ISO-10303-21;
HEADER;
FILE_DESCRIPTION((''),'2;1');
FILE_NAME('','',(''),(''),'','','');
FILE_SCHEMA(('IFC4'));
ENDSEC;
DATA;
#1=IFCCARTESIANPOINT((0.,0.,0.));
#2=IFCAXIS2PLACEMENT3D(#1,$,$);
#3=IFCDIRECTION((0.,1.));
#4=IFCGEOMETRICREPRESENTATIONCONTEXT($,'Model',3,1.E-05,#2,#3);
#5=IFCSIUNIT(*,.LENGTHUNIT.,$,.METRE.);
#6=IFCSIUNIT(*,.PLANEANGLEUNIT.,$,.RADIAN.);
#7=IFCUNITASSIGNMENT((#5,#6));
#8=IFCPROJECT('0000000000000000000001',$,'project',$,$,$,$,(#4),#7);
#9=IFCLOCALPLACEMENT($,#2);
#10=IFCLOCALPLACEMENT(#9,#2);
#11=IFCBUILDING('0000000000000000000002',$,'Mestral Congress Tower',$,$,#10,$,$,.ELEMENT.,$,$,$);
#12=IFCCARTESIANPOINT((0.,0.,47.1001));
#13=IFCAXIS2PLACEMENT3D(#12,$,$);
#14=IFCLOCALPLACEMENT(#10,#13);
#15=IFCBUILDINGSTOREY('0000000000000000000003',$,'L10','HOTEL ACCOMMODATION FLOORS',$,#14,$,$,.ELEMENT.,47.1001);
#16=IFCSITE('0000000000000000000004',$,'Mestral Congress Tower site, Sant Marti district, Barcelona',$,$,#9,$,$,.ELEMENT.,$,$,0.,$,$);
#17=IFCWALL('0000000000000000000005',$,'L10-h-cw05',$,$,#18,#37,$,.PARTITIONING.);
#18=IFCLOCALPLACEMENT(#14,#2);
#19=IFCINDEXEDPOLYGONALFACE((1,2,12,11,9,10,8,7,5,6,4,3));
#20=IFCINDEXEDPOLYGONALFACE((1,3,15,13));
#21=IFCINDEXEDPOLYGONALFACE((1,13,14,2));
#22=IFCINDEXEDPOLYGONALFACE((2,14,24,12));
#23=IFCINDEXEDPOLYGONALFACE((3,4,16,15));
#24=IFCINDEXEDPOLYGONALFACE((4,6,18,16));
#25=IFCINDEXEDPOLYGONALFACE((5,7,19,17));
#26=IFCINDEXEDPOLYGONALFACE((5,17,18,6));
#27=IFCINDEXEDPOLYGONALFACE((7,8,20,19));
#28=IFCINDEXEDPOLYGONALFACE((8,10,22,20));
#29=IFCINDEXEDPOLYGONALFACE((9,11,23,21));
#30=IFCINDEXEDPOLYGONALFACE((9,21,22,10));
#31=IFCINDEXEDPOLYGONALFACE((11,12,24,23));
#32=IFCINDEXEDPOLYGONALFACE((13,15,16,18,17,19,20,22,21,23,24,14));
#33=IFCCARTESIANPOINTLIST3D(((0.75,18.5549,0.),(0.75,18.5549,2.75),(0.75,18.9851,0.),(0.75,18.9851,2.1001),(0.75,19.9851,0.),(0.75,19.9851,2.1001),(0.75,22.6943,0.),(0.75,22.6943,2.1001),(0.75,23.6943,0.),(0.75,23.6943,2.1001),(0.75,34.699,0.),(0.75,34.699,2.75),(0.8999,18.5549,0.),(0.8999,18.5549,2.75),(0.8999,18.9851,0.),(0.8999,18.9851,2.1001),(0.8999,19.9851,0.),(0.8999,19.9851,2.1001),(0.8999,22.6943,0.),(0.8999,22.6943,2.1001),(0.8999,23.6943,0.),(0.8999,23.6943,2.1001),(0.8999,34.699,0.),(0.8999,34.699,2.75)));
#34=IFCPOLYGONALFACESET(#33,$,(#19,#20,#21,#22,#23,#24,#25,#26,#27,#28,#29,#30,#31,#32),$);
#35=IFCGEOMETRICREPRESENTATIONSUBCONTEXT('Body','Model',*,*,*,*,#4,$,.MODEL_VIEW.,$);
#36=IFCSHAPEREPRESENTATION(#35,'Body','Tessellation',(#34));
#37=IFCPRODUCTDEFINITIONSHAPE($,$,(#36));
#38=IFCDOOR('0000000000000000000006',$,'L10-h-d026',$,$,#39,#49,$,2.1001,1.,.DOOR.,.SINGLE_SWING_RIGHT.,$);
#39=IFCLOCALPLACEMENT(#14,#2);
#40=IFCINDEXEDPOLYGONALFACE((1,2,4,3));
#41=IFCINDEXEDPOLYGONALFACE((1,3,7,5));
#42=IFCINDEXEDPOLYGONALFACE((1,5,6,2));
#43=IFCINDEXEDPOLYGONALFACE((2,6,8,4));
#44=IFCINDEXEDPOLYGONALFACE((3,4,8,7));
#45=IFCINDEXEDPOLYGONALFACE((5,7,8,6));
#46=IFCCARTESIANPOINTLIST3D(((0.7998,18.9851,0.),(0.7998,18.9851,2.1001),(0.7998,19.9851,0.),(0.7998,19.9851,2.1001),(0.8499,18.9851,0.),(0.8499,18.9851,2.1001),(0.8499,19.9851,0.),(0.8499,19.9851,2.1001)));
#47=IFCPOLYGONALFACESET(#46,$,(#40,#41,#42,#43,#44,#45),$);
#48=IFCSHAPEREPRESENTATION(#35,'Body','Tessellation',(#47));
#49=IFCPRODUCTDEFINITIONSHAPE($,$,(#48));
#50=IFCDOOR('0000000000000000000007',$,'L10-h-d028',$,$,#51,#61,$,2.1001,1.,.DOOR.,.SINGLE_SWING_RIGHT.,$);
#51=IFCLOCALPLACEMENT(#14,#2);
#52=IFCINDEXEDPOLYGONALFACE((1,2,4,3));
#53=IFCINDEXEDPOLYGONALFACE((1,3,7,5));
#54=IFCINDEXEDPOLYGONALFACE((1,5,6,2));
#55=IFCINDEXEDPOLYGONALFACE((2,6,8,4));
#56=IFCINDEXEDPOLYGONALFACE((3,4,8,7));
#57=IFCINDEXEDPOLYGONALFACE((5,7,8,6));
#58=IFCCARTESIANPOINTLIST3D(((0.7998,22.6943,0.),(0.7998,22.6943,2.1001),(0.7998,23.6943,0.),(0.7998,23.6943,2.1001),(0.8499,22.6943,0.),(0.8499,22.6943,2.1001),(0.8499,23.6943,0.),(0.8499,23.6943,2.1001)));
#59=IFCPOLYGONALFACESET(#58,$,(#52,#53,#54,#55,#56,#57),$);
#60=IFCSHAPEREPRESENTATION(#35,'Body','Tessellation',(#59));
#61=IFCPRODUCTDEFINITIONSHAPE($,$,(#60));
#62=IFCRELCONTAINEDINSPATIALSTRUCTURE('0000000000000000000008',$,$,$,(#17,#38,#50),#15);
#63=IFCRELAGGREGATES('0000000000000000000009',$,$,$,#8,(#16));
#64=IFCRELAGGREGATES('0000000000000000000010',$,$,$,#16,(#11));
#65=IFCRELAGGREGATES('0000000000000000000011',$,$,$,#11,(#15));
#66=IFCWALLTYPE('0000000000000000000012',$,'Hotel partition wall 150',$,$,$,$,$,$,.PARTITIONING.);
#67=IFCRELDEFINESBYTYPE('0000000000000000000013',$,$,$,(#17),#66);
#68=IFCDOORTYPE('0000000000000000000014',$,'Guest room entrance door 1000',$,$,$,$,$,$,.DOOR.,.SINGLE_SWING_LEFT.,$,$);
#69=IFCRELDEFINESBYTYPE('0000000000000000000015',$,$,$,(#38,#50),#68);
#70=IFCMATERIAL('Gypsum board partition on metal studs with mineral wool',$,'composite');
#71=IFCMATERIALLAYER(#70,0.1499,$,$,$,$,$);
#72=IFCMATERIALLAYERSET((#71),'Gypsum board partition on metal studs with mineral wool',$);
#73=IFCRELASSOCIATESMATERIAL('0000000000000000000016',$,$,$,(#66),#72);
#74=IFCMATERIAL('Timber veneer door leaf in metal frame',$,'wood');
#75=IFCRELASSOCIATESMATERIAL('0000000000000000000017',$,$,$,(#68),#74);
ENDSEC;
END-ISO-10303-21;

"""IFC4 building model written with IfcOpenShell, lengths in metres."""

from ifc_helpers import new_model, si_unit, direction, frame, frame_2d, origin, place, context, subcontext, project, spatial, rectangle, extrude, material, layer, layer_set, type_object, element, fill, save


model = new_model("IFC4")

# Units and contexts
model_context = context("Model", 3, precision=1e-05, world=origin(), true_north=direction((0.0, 1.0)))
body_context = subcontext(model_context, "Body", "Model", "MODEL_VIEW")
ifc_project = project(units=[si_unit("LENGTHUNIT", "METRE"), si_unit("PLANEANGLEUNIT", "RADIAN")], contexts=[model_context])

# Site, building, storey
site_placement = place(None, origin())
site = spatial("IfcSite", under=ifc_project, at=site_placement, Name="Mestral Congress Tower site, Sant Marti district, Barcelona", CompositionType="ELEMENT", RefElevation=0.0)
building_placement = place(site_placement, origin())
building = spatial("IfcBuilding", under=site, at=building_placement, Name="Mestral Congress Tower", CompositionType="ELEMENT")
storey_placement = place(building_placement, frame((0.0, 0.0, 47.1001)))
storey = spatial("IfcBuildingStorey", under=building, at=storey_placement, Name="L10", Description="HOTEL ACCOMMODATION FLOORS", CompositionType="ELEMENT", Elevation=47.1001)

# Shared definitions
ifc_material_1 = material(Name="Gypsum board partition on metal studs with mineral wool", Category="composite")

# Wall, openings, doors
ifc_layer_1 = layer(ifc_material_1, 0.1499)
ifc_layer_set_1 = layer_set([ifc_layer_1], Name="Gypsum board partition on metal studs with mineral wool")
wall_type_1 = type_object("IfcWallType", Name="Hotel partition wall 150", PredefinedType="PARTITIONING", material=ifc_layer_set_1)
wall_1_placement = place(storey_placement, frame((0.825, 34.699, 0.0), z_axis=(0.0, 0.0, 1.0), x_axis=(0.0, -1.0, 0.0)))
wall_1 = element("IfcWall", 1, at=wall_1_placement, inside=storey, type_object=wall_type_1, Name="L10-h-cw05", PredefinedType="PARTITIONING", context=body_context, shape_type="SweptSolid", body=[
    extrude(rectangle(XDim=16.144, YDim=0.1499, at=frame_2d((8.072, 0.0))), origin(), (0.0, 0.0, 1.0), 2.75),
])
opening_1_placement = place(wall_1_placement, frame((14.7139, 0.0, 0.0)))
opening_1 = element("IfcOpeningElement", 2, at=opening_1_placement, cuts=wall_1, PredefinedType="OPENING", context=body_context, shape_type="SweptSolid", body=[
    extrude(rectangle(XDim=1.0, YDim=2.1001, at=frame_2d((0.5, 1.05))), frame((0.0, 0.085, 0.0), z_axis=(0.0, -1.0, 0.0), x_axis=(1.0, 0.0, 0.0)), (0.0, 0.0, 1.0), 0.1699),
])
opening_2_placement = place(wall_1_placement, frame((11.0046, 0.0, 0.0)))
opening_2 = element("IfcOpeningElement", 3, at=opening_2_placement, cuts=wall_1, PredefinedType="OPENING", context=body_context, shape_type="SweptSolid", body=[
    extrude(rectangle(XDim=1.0, YDim=2.1001, at=frame_2d((0.5, 1.05))), frame((0.0, 0.085, 0.0), z_axis=(0.0, -1.0, 0.0), x_axis=(1.0, 0.0, 0.0)), (0.0, 0.0, 1.0), 0.1699),
])
ifc_material_2 = material(Name="Timber veneer door leaf in metal frame", Category="wood")
door_type_1 = type_object("IfcDoorType", Name="Guest room entrance door 1000", OperationType="SINGLE_SWING_LEFT", PredefinedType="DOOR", material=ifc_material_2)
door_1_placement = place(opening_1_placement, origin())
door_1 = element("IfcDoor", 4, at=door_1_placement, inside=storey, type_object=door_type_1, Name="L10-h-d026", OperationType="SINGLE_SWING_RIGHT", OverallHeight=2.1001, OverallWidth=1.0, PredefinedType="DOOR", context=body_context, shape_type="SweptSolid", body=[
    extrude(rectangle(XDim=1.0, YDim=2.1001, at=frame_2d((0.5, 1.05))), frame((0.0, 0.0249, 0.0), z_axis=(0.0, -1.0, 0.0), x_axis=(1.0, 0.0, 0.0)), (0.0, 0.0, 1.0), 0.05),
])
fill(opening_1, door_1)
door_2_placement = place(opening_2_placement, origin())
door_2 = element("IfcDoor", 5, at=door_2_placement, inside=storey, type_object=door_type_1, Name="L10-h-d028", OperationType="SINGLE_SWING_RIGHT", OverallHeight=2.1001, OverallWidth=1.0, PredefinedType="DOOR", context=body_context, shape_type="SweptSolid", body=[
    extrude(rectangle(XDim=1.0, YDim=2.1001, at=frame_2d((0.5, 1.05))), frame((0.0, 0.0249, 0.0), z_axis=(0.0, -1.0, 0.0), x_axis=(1.0, 0.0, 0.0)), (0.0, 0.0, 1.0), 0.05),
])
fill(opening_2, door_2)

save(model, "model.ifc")
